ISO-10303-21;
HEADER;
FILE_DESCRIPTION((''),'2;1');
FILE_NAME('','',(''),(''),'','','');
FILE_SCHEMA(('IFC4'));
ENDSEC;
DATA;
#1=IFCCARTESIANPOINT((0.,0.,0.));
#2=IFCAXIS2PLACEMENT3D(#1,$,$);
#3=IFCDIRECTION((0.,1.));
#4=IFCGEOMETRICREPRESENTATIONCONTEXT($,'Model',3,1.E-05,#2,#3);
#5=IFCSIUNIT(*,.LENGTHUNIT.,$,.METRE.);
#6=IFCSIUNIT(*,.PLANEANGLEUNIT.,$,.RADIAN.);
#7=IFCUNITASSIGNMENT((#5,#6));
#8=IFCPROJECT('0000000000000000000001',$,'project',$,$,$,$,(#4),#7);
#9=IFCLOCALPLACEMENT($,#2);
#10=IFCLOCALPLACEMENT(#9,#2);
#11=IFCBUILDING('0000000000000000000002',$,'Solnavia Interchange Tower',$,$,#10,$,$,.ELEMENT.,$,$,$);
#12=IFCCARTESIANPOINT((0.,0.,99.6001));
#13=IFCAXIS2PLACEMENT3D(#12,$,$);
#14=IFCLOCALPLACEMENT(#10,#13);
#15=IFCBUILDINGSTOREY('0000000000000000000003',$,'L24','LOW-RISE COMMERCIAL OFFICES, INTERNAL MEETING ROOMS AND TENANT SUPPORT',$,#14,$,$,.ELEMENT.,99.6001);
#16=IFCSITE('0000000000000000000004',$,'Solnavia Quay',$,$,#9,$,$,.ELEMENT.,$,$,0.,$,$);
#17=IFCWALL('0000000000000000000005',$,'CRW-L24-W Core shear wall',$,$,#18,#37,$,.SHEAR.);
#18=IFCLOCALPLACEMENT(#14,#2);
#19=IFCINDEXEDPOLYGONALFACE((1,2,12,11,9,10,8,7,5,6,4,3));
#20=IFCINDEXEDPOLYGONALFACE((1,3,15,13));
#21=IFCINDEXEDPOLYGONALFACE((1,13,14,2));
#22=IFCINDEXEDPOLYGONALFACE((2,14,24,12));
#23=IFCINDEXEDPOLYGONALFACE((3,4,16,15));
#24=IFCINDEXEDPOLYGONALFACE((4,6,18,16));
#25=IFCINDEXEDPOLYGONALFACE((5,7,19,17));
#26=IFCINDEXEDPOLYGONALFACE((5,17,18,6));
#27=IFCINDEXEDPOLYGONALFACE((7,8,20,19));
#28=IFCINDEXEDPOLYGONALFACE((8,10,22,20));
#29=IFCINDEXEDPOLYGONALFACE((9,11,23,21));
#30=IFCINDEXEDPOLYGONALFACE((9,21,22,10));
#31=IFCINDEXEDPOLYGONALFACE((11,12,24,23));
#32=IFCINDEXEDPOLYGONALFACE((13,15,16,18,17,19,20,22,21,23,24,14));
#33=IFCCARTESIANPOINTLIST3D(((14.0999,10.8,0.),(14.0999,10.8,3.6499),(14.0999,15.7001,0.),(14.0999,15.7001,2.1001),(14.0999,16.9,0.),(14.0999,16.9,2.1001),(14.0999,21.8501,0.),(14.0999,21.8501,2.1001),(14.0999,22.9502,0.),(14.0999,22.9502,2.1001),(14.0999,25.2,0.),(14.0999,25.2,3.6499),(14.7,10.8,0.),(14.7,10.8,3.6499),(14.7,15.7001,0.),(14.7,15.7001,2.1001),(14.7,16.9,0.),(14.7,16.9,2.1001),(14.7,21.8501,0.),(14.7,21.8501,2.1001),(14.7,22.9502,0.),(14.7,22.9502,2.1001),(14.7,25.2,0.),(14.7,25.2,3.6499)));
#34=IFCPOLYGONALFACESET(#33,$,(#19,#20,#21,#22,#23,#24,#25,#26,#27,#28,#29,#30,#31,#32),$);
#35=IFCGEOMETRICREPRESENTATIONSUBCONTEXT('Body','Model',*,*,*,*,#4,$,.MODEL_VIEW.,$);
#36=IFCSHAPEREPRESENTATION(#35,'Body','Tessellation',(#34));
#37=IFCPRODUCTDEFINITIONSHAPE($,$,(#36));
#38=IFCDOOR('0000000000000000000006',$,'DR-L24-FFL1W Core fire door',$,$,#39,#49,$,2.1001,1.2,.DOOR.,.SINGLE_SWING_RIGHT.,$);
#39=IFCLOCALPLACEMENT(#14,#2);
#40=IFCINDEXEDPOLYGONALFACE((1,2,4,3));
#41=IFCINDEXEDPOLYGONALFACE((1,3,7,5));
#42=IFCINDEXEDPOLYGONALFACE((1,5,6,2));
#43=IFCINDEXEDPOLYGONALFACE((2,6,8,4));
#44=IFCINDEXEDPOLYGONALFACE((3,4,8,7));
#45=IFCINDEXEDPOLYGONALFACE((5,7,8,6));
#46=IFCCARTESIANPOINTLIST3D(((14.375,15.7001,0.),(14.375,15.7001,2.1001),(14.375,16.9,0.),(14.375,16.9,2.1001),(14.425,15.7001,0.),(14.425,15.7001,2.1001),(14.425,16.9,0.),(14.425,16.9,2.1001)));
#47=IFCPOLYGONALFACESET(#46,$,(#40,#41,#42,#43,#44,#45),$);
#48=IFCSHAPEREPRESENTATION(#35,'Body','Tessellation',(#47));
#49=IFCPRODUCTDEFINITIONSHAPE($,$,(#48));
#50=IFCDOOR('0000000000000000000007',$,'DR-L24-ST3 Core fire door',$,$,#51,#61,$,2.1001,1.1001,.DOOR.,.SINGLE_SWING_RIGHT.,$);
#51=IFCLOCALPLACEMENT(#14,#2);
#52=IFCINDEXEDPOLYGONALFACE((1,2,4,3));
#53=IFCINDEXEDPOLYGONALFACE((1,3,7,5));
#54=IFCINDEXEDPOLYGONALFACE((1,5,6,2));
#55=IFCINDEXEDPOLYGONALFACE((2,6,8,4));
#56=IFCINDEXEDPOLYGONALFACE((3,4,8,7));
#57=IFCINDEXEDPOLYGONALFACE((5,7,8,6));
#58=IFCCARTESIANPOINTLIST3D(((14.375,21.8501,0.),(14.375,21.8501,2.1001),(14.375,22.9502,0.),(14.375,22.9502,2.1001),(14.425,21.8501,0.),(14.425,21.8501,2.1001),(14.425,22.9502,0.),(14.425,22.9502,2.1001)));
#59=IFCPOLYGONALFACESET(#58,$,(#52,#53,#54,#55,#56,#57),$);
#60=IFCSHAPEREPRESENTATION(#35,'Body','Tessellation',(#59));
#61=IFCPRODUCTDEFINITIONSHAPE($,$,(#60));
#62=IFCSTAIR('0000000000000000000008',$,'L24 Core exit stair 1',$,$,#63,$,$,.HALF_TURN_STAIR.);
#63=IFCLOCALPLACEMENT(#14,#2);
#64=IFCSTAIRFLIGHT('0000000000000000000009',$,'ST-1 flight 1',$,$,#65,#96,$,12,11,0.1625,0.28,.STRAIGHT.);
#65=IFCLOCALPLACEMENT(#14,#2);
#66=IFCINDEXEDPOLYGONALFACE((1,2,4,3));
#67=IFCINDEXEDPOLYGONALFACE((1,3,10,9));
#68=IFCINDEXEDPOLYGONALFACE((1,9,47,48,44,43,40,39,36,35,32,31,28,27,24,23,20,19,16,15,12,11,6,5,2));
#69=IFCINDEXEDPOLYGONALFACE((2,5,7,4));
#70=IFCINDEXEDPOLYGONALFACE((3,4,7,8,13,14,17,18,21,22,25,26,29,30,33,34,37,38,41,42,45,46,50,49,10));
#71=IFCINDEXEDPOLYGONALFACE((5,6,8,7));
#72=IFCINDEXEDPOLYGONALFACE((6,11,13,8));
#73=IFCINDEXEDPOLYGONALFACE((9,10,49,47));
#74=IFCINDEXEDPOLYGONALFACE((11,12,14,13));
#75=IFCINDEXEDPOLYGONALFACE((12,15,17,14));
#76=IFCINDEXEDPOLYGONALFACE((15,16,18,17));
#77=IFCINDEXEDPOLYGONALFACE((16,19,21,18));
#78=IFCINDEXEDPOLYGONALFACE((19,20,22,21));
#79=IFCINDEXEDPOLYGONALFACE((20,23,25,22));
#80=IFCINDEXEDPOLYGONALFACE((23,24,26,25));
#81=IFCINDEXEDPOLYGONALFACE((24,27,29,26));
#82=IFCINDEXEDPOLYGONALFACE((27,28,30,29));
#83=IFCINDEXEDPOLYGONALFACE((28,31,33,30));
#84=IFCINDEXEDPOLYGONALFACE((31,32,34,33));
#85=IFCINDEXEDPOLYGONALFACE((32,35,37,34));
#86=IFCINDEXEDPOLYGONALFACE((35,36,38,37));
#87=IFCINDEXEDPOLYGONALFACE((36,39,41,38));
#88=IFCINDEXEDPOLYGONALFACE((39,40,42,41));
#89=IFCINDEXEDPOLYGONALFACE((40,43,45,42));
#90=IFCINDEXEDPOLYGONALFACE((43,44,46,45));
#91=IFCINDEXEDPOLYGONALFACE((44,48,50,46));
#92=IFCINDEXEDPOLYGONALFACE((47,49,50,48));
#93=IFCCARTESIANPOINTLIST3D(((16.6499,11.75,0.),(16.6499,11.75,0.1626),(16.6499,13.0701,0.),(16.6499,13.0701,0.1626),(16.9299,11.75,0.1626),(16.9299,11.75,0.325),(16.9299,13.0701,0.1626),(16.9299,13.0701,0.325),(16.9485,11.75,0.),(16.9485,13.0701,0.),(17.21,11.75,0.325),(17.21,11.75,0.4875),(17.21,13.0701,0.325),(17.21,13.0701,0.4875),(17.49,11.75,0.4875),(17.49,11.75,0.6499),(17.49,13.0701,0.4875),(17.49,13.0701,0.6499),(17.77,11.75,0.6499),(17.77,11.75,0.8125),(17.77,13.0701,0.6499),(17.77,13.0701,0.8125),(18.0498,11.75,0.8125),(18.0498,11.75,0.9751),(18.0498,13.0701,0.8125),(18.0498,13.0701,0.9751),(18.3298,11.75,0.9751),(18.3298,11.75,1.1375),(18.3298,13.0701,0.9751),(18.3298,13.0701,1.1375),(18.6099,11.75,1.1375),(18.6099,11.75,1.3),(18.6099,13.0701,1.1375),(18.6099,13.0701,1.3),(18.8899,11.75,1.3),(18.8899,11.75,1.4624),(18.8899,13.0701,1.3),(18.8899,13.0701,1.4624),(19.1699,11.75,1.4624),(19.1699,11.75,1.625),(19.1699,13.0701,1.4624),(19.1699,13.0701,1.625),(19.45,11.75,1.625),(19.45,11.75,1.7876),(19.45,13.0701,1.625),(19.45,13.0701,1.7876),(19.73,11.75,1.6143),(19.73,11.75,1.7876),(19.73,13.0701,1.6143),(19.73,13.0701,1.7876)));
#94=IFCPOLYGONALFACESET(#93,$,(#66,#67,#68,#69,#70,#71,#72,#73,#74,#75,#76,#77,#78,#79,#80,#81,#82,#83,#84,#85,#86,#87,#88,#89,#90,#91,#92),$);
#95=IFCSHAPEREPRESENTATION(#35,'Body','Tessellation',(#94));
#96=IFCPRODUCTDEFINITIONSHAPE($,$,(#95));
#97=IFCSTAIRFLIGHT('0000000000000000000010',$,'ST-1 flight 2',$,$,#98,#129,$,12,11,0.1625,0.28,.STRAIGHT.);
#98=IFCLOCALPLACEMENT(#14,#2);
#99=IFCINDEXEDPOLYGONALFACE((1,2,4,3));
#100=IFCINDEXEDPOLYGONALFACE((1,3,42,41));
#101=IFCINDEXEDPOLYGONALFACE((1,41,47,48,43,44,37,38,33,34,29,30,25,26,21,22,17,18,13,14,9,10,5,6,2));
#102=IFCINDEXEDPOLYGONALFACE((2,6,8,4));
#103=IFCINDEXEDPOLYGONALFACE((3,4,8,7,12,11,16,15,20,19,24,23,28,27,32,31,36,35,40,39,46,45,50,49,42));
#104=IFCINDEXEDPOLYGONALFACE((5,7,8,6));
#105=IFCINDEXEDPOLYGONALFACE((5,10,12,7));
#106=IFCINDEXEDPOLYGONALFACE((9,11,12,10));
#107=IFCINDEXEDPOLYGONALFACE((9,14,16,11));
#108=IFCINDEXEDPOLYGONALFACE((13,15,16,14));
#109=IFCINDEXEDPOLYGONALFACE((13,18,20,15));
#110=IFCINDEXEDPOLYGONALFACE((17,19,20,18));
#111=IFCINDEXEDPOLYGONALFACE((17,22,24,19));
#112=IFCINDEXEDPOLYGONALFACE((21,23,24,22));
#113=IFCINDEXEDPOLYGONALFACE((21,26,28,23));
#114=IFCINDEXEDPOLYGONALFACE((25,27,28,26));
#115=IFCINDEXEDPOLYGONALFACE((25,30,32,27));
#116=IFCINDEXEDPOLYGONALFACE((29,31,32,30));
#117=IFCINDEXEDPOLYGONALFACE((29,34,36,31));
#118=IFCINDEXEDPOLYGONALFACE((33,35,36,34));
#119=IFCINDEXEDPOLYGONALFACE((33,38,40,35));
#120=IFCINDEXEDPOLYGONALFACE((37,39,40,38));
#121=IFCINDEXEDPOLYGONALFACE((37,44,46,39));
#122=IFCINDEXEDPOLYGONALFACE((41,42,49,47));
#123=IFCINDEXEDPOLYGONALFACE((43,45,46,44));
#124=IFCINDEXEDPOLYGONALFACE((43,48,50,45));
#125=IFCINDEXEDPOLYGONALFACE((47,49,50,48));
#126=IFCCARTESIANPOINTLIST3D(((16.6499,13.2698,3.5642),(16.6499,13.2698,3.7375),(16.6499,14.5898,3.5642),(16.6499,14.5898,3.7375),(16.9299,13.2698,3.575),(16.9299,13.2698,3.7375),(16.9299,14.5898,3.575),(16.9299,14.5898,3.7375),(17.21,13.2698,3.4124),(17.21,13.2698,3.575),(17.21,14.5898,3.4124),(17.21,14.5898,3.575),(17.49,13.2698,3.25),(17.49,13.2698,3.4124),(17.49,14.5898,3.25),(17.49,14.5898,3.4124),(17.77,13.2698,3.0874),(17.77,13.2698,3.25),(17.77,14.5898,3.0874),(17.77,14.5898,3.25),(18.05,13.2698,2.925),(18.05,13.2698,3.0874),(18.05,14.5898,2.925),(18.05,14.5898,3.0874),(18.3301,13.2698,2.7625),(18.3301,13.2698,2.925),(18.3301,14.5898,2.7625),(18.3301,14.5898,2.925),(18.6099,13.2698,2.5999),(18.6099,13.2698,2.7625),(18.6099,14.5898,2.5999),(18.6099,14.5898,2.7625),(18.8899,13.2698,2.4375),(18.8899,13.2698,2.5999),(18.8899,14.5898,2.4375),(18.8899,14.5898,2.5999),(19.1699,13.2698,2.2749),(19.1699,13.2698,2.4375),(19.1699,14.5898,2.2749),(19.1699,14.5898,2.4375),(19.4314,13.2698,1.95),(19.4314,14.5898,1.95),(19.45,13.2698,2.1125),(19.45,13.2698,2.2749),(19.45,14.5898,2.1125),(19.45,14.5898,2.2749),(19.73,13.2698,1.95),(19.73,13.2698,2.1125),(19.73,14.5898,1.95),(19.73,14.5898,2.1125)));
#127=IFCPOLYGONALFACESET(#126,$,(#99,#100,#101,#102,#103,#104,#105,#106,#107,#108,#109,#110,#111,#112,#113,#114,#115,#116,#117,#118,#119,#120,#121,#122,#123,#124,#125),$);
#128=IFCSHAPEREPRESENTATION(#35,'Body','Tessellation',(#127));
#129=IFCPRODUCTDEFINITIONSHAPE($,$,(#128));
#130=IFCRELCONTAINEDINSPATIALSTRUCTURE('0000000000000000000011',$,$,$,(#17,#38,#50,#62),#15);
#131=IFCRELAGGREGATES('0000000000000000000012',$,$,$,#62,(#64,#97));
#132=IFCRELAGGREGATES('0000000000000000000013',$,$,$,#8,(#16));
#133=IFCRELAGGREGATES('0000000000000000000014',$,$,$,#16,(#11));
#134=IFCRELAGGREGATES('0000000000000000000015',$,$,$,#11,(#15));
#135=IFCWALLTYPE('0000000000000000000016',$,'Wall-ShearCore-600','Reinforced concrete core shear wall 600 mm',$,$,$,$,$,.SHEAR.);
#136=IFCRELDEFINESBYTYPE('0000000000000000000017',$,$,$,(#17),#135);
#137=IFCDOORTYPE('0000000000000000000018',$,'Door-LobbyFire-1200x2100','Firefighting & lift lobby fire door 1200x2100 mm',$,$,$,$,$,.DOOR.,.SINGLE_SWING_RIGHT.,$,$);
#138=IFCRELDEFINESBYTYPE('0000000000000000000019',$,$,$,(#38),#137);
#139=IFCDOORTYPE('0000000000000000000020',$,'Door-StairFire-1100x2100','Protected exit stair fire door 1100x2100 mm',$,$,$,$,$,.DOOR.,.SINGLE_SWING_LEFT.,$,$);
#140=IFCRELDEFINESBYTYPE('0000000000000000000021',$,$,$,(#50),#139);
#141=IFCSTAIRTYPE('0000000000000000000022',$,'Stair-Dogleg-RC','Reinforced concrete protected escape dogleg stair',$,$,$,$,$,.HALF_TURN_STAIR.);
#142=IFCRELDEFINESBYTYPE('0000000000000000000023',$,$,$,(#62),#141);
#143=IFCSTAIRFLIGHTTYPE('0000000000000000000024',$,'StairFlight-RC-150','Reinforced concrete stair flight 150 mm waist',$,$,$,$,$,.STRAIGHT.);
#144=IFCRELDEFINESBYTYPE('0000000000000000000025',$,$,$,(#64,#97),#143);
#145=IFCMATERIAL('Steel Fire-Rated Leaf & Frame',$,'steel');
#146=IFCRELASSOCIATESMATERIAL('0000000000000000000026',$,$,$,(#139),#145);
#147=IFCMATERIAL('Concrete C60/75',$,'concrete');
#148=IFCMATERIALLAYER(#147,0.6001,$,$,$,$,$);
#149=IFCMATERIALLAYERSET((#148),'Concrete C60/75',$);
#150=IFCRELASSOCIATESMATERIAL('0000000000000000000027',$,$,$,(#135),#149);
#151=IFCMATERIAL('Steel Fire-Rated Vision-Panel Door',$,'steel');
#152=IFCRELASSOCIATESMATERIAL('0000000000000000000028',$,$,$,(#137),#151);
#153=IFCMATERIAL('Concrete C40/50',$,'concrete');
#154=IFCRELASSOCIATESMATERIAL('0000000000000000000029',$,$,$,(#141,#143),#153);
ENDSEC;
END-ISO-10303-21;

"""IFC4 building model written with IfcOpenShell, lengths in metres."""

from ifc_helpers import new_model, si_unit, direction, frame, frame_2d, origin, place, context, subcontext, project, spatial, polyline, rectangle, outline, extrude, material, layer, layer_set, type_object, element, fill, aggregate, save


model = new_model("IFC4")

# Units and contexts
model_context = context("Model", 3, precision=1e-05, world=origin(), true_north=direction((0.0, 1.0)))
body_context = subcontext(model_context, "Body", "Model", "MODEL_VIEW")
ifc_project = project(units=[si_unit("LENGTHUNIT", "METRE"), si_unit("PLANEANGLEUNIT", "RADIAN")], contexts=[model_context])

# Site, building, storey
site_placement = place(None, origin())
site = spatial("IfcSite", under=ifc_project, at=site_placement, Name="Solnavia Quay", CompositionType="ELEMENT", RefElevation=0.0)
building_placement = place(site_placement, origin())
building = spatial("IfcBuilding", under=site, at=building_placement, Name="Solnavia Interchange Tower", CompositionType="ELEMENT")
storey_placement = place(building_placement, frame((0.0, 0.0, 99.6001)))
storey = spatial("IfcBuildingStorey", under=building, at=storey_placement, Name="L24", Description="LOW-RISE COMMERCIAL OFFICES, INTERNAL MEETING ROOMS AND TENANT SUPPORT", CompositionType="ELEMENT", Elevation=99.6001)

# Shared definitions
ifc_material_1 = material(Name="Concrete C40/50", Category="concrete")

# Shared definitions
ifc_material_2 = material(Name="Steel Fire-Rated Leaf & Frame", Category="steel")
door_type_1 = type_object("IfcDoorType", Name="Door-StairFire-1100x2100", Description="Protected exit stair fire door 1100x2100 mm", OperationType="SINGLE_SWING_LEFT", PredefinedType="DOOR", material=ifc_material_2)

# Shared definitions
ifc_material_3 = material(Name="Concrete C60/75", Category="concrete")
ifc_layer_1 = layer(ifc_material_3, 0.6001)
ifc_layer_set_1 = layer_set([ifc_layer_1], Name="Concrete C60/75")
wall_type_1 = type_object("IfcWallType", Name="Wall-ShearCore-600", Description="Reinforced concrete core shear wall 600 mm", PredefinedType="SHEAR", material=ifc_layer_set_1)

# Wall, openings, doors
wall_1_placement = place(storey_placement, frame((14.3999, 10.8, 0.0), z_axis=(0.0, 0.0, 1.0), x_axis=(0.0, 1.0, 0.0)))
wall_1 = element("IfcWall", 1, at=wall_1_placement, inside=storey, type_object=wall_type_1, Name="CRW-L24-W Core shear wall", PredefinedType="SHEAR", context=body_context, shape_type="SweptSolid", body=[
    extrude(rectangle(XDim=14.3999, YDim=0.6001, at=frame_2d((7.2, 0.0))), origin(), (0.0, 0.0, 1.0), 3.6499),
])
opening_1_placement = place(wall_1_placement, frame((11.05, 0.0, 0.0)))
opening_1 = element("IfcOpeningElement", 2, at=opening_1_placement, cuts=wall_1, PredefinedType="OPENING", context=body_context, shape_type="SweptSolid", body=[
    extrude(rectangle(XDim=1.1001, YDim=2.1001, at=frame_2d((0.55, 1.05))), frame((0.0, 0.3101, 0.0), z_axis=(0.0, -1.0, 0.0), x_axis=(1.0, 0.0, 0.0)), (0.0, 0.0, 1.0), 0.6201),
])
opening_2_placement = place(wall_1_placement, frame((4.8999, 0.0, 0.0)))
opening_2 = element("IfcOpeningElement", 3, at=opening_2_placement, cuts=wall_1, PredefinedType="OPENING", context=body_context, shape_type="SweptSolid", body=[
    extrude(rectangle(XDim=1.2, YDim=2.1001, at=frame_2d((0.6001, 1.05))), frame((0.0, 0.3101, 0.0), z_axis=(0.0, -1.0, 0.0), x_axis=(1.0, 0.0, 0.0)), (0.0, 0.0, 1.0), 0.6201),
])
ifc_material_4 = material(Name="Steel Fire-Rated Vision-Panel Door", Category="steel")
door_type_2 = type_object("IfcDoorType", Name="Door-LobbyFire-1200x2100", Description="Firefighting & lift lobby fire door 1200x2100 mm", OperationType="SINGLE_SWING_RIGHT", PredefinedType="DOOR", material=ifc_material_4)
door_1_placement = place(opening_2_placement, origin())
door_1 = element("IfcDoor", 4, at=door_1_placement, inside=storey, type_object=door_type_2, Name="DR-L24-FFL1W Core fire door", OperationType="SINGLE_SWING_RIGHT", OverallHeight=2.1001, OverallWidth=1.2, PredefinedType="DOOR", context=body_context, shape_type="SweptSolid", body=[
    extrude(rectangle(XDim=1.2, YDim=2.1001, at=frame_2d((0.6001, 1.05))), frame((0.0, 0.0249, 0.0), z_axis=(0.0, -1.0, 0.0), x_axis=(1.0, 0.0, 0.0)), (0.0, 0.0, 1.0), 0.05),
])
fill(opening_2, door_1)
door_2_placement = place(opening_1_placement, origin())
door_2 = element("IfcDoor", 5, at=door_2_placement, inside=storey, type_object=door_type_1, Name="DR-L24-ST3 Core fire door", OperationType="SINGLE_SWING_RIGHT", OverallHeight=2.1001, OverallWidth=1.1001, PredefinedType="DOOR", context=body_context, shape_type="SweptSolid", body=[
    extrude(rectangle(XDim=1.1001, YDim=2.1001, at=frame_2d((0.55, 1.05))), frame((0.0, 0.0249, 0.0), z_axis=(0.0, -1.0, 0.0), x_axis=(1.0, 0.0, 0.0)), (0.0, 0.0, 1.0), 0.05),
])
fill(opening_1, door_2)

# Stair, stair flights
stair_type = type_object("IfcStairType", Name="Stair-Dogleg-RC", Description="Reinforced concrete protected escape dogleg stair", PredefinedType="HALF_TURN_STAIR", material=ifc_material_1)
stair_placement = place(storey_placement, origin())
stair = element("IfcStair", 6, at=stair_placement, inside=storey, type_object=stair_type, Name="L24 Core exit stair 1", PredefinedType="HALF_TURN_STAIR")
stair_flight_type = type_object("IfcStairFlightType", Name="StairFlight-RC-150", Description="Reinforced concrete stair flight 150 mm waist", PredefinedType="STRAIGHT", material=ifc_material_1)
stair_flight_1_placement = place(storey_placement, frame((16.6499, 12.4099, 0.0), z_axis=(0.0, 0.0, 1.0), x_axis=(1.0, 0.0, 0.0)))
stair_flight_1 = element("IfcStairFlight", 7, at=stair_flight_1_placement, type_object=stair_flight_type, Name="ST-1 flight 1", NumberOfRisers=12, NumberOfTreads=11, PredefinedType="STRAIGHT", RiserHeight=0.1625, TreadLength=0.28, context=body_context, shape_type="SweptSolid", body=[
    extrude(outline(polyline([(0.0, 0.0), (0.0, 0.1626), (0.28, 0.1626), (0.28, 0.325), (0.5601, 0.325), (0.5601, 0.4875), (0.8401, 0.4875), (0.8401, 0.6499), (1.1201, 0.6499), (1.1201, 0.8125), (1.3999, 0.8125), (1.3999, 0.9751), (1.6799, 0.9751), (1.6799, 1.1375), (1.96, 1.1375), (1.96, 1.3), (2.24, 1.3), (2.24, 1.4624), (2.52, 1.4624), (2.52, 1.625), (2.8, 1.625), (2.8, 1.7876), (3.0801, 1.7876), (3.0801, 1.95), (3.0801, 1.6143), (0.2986, 0.0), (0.0, 0.0)])), frame((0.0, 0.6602, 0.0), z_axis=(0.0, -1.0, 0.0), x_axis=(1.0, 0.0, 0.0)), (0.0, 0.0, 1.0), 1.3201),
])
stair_flight_2_placement = place(storey_placement, frame((19.73, 13.9299, 1.95), z_axis=(0.0, 0.0, 1.0), x_axis=(-1.0, 0.0, 0.0)))
stair_flight_2 = element("IfcStairFlight", 8, at=stair_flight_2_placement, type_object=stair_flight_type, Name="ST-1 flight 2", NumberOfRisers=12, NumberOfTreads=11, PredefinedType="STRAIGHT", RiserHeight=0.1625, TreadLength=0.28, context=body_context, shape_type="SweptSolid", body=[
    extrude(outline(polyline([(0.0, 0.0), (0.0, 0.1626), (0.28, 0.1626), (0.28, 0.325), (0.5601, 0.325), (0.5601, 0.4875), (0.8401, 0.4875), (0.8401, 0.6499), (1.1201, 0.6499), (1.1201, 0.8125), (1.3999, 0.8125), (1.3999, 0.9751), (1.6799, 0.9751), (1.6799, 1.1375), (1.96, 1.1375), (1.96, 1.3), (2.24, 1.3), (2.24, 1.4624), (2.52, 1.4624), (2.52, 1.625), (2.8, 1.625), (2.8, 1.7876), (3.0801, 1.7876), (3.0801, 1.95), (3.0801, 1.6143), (0.2986, 0.0), (0.0, 0.0)])), frame((0.0, 0.6602, 0.0), z_axis=(0.0, -1.0, 0.0), x_axis=(1.0, 0.0, 0.0)), (0.0, 0.0, 1.0), 1.3201),
])
aggregate(stair, [stair_flight_1, stair_flight_2])

save(model, "model.ifc")
